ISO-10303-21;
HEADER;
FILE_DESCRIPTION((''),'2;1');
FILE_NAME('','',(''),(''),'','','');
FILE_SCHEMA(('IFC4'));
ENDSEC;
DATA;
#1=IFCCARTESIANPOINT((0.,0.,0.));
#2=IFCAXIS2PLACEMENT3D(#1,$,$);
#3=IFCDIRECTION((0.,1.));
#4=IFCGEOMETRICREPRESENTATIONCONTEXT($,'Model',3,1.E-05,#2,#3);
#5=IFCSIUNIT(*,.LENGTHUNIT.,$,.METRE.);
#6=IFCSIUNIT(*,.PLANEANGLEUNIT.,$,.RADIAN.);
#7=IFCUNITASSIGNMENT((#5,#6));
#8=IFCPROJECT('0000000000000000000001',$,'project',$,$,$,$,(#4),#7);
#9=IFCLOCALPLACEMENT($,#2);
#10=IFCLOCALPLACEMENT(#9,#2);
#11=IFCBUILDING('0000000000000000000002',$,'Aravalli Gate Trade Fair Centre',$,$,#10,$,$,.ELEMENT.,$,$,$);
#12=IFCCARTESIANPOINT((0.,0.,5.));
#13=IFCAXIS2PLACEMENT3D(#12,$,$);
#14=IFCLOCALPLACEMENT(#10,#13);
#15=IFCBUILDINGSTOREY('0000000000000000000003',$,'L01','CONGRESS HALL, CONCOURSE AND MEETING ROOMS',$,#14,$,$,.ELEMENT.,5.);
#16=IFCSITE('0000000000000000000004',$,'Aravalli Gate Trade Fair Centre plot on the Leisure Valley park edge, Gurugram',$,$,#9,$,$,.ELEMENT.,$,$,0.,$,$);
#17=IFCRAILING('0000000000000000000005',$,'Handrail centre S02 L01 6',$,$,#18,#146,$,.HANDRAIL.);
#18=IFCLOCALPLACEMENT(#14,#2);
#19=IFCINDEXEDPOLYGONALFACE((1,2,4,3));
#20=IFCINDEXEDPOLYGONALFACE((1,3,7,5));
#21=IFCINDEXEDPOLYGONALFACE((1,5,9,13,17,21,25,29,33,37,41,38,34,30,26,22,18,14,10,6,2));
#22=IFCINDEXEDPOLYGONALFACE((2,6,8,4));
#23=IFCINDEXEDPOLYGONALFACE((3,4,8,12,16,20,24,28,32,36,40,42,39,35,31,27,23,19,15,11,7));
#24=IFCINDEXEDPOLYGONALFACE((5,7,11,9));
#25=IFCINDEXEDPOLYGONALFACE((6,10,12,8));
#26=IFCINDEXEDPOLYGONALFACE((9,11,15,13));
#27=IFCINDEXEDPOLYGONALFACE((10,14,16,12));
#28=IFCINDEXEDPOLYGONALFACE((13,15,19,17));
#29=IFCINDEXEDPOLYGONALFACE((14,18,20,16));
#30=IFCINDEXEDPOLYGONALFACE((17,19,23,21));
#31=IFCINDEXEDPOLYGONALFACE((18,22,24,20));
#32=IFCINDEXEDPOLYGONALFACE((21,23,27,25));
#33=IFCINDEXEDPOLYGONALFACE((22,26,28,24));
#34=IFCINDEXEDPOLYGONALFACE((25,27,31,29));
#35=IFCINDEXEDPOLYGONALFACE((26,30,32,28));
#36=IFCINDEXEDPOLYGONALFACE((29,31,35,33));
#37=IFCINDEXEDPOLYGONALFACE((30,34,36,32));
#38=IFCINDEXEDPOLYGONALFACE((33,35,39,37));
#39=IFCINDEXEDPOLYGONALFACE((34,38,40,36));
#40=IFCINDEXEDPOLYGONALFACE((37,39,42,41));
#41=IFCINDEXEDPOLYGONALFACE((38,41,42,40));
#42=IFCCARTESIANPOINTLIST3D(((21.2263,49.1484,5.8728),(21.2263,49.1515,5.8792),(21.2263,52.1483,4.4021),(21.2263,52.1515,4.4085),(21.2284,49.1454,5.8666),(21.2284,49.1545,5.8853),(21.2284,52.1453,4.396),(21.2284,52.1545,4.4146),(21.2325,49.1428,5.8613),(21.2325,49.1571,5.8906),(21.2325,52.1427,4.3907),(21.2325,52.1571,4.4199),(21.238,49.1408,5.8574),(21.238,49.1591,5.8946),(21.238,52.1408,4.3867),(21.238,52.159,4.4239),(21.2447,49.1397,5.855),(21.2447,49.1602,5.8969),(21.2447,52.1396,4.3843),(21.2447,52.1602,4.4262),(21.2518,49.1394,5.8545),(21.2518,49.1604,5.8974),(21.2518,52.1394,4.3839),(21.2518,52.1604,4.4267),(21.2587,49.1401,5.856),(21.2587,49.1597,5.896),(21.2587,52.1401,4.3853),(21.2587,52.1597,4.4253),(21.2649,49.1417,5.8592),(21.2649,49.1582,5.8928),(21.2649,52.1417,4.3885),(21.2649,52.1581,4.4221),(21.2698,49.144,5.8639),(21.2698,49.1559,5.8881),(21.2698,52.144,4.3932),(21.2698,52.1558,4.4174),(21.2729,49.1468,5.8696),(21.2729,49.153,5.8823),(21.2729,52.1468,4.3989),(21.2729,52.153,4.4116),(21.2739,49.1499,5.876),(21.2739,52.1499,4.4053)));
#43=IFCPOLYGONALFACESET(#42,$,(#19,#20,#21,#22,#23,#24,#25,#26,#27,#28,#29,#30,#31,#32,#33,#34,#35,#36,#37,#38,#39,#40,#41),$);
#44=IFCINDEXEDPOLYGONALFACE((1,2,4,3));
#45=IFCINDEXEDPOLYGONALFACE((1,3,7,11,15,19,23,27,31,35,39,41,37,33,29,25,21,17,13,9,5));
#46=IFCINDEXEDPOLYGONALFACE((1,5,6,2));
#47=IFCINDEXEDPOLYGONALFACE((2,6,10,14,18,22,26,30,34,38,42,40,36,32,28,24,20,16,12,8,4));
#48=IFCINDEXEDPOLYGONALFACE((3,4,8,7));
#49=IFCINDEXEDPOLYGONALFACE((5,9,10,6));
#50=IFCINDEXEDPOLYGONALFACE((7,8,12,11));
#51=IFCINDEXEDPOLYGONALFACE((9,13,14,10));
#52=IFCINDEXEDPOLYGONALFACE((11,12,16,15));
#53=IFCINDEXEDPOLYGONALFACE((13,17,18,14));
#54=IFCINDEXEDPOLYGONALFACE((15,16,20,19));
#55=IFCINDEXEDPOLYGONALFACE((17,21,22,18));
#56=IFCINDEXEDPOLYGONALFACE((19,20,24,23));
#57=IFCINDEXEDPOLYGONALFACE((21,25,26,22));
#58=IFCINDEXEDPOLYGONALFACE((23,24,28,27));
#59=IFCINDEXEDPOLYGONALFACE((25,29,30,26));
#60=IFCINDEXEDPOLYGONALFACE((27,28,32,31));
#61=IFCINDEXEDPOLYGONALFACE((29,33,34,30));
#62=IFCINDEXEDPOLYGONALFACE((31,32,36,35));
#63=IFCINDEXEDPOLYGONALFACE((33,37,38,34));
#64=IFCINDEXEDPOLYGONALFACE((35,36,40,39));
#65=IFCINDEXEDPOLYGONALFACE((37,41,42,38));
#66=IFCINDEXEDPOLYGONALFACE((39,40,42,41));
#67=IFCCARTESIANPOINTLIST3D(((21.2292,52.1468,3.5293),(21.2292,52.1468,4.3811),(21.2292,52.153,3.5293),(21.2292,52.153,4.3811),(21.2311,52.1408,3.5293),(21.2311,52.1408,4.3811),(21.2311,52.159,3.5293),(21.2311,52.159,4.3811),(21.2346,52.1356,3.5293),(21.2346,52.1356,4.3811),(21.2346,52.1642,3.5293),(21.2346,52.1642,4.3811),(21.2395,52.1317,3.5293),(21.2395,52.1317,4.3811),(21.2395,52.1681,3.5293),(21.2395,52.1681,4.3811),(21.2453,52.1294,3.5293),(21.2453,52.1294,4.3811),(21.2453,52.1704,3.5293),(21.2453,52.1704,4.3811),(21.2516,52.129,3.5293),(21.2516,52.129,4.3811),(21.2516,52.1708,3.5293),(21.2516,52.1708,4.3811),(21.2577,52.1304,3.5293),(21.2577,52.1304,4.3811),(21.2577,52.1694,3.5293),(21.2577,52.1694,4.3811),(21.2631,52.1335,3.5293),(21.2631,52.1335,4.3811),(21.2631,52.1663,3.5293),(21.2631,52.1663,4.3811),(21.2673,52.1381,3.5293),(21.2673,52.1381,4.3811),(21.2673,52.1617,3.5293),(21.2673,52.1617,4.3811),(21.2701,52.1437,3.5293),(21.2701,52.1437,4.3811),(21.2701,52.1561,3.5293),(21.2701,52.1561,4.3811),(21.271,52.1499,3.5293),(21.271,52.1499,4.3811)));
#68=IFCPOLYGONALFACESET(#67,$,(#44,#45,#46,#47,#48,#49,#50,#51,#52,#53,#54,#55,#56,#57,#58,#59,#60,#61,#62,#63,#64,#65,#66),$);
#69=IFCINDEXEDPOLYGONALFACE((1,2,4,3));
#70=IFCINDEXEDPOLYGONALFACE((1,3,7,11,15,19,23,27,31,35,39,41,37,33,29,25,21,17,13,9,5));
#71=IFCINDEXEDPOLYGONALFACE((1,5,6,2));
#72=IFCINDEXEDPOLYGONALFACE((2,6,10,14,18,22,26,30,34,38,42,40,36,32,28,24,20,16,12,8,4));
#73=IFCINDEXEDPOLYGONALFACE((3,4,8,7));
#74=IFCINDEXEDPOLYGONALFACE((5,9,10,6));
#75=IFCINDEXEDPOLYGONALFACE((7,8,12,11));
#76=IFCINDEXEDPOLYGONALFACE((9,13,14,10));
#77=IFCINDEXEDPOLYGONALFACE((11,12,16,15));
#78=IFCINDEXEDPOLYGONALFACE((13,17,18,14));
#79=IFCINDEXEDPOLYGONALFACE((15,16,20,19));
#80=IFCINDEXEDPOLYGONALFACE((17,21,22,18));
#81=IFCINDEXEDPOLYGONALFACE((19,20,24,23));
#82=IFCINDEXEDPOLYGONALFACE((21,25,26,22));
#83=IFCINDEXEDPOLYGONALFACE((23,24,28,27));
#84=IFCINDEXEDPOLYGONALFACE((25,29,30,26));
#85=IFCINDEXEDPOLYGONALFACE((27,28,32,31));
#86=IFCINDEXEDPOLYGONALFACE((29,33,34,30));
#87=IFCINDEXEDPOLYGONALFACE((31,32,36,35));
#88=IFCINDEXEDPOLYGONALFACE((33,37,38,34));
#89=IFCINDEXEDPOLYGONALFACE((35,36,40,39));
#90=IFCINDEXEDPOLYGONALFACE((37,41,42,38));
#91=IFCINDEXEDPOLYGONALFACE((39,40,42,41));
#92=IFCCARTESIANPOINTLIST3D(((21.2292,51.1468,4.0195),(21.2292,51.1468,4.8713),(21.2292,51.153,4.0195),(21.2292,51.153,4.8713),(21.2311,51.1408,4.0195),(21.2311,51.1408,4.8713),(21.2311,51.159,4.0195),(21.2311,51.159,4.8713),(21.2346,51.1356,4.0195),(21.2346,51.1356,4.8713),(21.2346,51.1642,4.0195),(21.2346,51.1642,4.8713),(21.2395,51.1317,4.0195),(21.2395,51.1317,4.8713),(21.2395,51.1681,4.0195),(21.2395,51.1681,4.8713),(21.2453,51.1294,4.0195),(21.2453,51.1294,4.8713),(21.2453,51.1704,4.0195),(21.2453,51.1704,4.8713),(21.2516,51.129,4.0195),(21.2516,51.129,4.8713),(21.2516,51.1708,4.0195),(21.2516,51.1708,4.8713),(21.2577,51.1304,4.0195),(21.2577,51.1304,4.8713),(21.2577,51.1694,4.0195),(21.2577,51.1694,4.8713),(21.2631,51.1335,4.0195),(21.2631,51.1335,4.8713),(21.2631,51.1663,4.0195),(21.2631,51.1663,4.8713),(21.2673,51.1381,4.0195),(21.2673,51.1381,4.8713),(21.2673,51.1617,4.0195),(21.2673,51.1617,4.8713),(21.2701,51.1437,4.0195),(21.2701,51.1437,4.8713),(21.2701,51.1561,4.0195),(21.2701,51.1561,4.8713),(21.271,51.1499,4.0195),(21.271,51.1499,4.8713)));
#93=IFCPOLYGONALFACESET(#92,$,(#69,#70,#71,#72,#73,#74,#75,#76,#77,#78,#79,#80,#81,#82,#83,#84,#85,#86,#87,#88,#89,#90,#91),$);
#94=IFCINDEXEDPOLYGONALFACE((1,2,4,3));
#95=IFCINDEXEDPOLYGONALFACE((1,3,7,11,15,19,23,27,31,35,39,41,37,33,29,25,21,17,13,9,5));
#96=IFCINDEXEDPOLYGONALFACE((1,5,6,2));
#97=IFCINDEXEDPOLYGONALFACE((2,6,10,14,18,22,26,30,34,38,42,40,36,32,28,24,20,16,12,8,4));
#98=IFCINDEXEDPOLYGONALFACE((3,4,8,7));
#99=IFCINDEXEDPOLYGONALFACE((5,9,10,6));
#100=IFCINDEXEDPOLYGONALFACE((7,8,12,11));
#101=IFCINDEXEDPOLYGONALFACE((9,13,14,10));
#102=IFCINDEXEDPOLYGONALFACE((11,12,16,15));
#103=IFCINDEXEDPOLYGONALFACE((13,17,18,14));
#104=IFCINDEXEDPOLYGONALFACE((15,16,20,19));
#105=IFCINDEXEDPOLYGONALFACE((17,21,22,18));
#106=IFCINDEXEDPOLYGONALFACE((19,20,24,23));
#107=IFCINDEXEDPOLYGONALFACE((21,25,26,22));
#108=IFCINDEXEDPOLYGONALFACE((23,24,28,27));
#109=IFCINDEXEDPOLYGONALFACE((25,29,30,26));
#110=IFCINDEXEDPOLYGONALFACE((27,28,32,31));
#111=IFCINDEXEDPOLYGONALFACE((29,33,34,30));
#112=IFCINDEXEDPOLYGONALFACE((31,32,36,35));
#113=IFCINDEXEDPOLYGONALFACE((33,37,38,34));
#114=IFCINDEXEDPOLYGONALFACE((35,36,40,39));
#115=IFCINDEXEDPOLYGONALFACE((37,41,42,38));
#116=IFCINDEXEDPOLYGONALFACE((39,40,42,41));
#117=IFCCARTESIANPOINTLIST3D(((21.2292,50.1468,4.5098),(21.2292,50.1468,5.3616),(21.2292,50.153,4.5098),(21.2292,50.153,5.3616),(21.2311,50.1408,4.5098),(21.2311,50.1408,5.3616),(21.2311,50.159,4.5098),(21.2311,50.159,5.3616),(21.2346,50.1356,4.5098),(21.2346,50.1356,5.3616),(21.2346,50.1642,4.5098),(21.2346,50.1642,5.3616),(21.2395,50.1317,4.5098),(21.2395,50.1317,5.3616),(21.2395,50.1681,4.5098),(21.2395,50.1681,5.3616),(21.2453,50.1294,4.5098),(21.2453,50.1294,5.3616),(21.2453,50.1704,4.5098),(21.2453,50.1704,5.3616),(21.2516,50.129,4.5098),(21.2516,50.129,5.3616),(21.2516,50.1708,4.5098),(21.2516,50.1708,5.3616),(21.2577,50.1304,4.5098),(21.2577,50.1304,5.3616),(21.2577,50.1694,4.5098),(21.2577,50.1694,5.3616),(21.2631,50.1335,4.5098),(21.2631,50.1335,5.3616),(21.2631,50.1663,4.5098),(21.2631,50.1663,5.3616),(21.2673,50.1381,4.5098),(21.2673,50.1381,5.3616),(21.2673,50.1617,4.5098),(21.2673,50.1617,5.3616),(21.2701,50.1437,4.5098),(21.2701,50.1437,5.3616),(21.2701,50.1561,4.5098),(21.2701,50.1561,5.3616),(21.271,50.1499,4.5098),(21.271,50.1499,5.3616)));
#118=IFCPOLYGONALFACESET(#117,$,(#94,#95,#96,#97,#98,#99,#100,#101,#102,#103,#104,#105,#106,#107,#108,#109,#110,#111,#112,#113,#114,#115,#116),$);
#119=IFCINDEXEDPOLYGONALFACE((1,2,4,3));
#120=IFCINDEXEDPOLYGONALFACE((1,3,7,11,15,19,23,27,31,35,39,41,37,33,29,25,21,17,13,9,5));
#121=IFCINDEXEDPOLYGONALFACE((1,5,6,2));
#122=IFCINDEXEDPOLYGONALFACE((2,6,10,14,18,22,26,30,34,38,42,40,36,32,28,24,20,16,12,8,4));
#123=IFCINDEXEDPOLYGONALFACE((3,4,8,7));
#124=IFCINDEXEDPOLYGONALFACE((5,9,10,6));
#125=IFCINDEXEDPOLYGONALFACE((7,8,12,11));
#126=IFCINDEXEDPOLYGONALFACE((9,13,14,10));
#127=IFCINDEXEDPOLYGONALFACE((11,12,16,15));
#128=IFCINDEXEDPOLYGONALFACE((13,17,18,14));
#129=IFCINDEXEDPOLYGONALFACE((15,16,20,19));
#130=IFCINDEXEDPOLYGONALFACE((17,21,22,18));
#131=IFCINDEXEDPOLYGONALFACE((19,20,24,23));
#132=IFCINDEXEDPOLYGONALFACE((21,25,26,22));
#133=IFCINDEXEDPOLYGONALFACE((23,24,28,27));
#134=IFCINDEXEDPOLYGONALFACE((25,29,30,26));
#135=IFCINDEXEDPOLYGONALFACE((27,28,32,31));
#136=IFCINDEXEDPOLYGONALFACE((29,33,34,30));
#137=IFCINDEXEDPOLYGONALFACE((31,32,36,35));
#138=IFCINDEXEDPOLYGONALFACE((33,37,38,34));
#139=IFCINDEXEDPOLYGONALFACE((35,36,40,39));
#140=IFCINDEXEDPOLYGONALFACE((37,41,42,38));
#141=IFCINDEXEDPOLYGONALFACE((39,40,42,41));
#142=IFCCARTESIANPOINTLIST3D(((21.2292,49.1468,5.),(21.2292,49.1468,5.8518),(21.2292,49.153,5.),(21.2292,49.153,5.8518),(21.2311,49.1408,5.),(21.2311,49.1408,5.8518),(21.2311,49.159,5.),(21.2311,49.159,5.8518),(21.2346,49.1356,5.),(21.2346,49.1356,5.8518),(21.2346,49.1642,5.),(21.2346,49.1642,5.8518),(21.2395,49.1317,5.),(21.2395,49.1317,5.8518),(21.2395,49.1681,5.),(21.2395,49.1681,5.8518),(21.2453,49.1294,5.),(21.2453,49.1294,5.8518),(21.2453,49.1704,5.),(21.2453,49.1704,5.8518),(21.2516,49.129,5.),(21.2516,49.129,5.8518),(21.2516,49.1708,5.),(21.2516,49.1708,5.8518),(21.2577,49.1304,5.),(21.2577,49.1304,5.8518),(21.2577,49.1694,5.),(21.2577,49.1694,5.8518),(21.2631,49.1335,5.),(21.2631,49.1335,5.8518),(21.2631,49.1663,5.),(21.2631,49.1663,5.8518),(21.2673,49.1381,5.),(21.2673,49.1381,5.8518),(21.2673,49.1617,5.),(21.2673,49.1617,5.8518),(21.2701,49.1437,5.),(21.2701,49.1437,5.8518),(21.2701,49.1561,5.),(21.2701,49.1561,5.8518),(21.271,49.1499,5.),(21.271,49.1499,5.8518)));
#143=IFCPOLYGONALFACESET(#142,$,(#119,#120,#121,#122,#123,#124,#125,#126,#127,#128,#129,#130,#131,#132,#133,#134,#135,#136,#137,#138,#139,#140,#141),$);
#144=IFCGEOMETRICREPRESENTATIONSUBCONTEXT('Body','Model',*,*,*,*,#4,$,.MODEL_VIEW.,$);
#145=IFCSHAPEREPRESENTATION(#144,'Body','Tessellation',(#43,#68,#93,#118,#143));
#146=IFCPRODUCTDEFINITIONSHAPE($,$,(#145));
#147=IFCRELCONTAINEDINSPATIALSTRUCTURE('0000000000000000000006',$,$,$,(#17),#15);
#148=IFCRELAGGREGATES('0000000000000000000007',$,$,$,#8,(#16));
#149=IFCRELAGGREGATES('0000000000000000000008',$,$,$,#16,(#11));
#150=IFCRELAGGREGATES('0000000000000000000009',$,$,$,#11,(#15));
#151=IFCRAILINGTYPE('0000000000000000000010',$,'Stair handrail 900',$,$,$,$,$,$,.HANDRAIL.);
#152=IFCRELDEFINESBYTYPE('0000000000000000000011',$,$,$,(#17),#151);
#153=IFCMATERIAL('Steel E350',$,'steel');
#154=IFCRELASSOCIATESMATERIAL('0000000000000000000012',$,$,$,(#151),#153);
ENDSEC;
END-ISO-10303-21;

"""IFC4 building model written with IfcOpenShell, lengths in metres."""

from ifc_helpers import new_model, si_unit, direction, frame, origin, origin_2d, place, context, subcontext, project, spatial, circle, extrude, material, type_object, element, save


model = new_model("IFC4")

# Units and contexts
model_context = context("Model", 3, precision=1e-05, world=origin(), true_north=direction((0.0, 1.0)))
body_context = subcontext(model_context, "Body", "Model", "MODEL_VIEW")
ifc_project = project(units=[si_unit("LENGTHUNIT", "METRE"), si_unit("PLANEANGLEUNIT", "RADIAN")], contexts=[model_context])

# Site, building, storey
site_placement = place(None, origin())
site = spatial("IfcSite", under=ifc_project, at=site_placement, Name="Aravalli Gate Trade Fair Centre plot on the Leisure Valley park edge, Gurugram", CompositionType="ELEMENT", RefElevation=0.0)
building_placement = place(site_placement, origin())
building = spatial("IfcBuilding", under=site, at=building_placement, Name="Aravalli Gate Trade Fair Centre", CompositionType="ELEMENT")
storey_placement = place(building_placement, frame((0.0, 0.0, 5.0)))
storey = spatial("IfcBuildingStorey", under=building, at=storey_placement, Name="L01", Description="CONGRESS HALL, CONCOURSE AND MEETING ROOMS", CompositionType="ELEMENT", Elevation=5.0)

# Railing
ifc_material_1 = material(Name="Steel E350", Category="steel")
railing_type = type_object("IfcRailingType", Name="Stair handrail 900", PredefinedType="HANDRAIL", material=ifc_material_1)
for number, where, name in (
    (1, (21.25, 52.1499, 3.5293), "Handrail centre S02 L01 6"),
):
    element("IfcRailing", number, at=place(storey_placement, frame(where)), inside=storey, type_object=railing_type, Name=name, PredefinedType="HANDRAIL", context=body_context, shape_type="SweptSolid", body=[
        extrude(circle(Radius=0.0239, at=origin_2d()), frame((0.0, 0.0, 0.876), z_axis=(0.0, -0.897907, 0.440185), x_axis=(1.0, 0.0, 0.0)), (0.0, 0.0, 1.0), 3.3411),
        extrude(circle(Radius=0.021, at=origin_2d()), origin(), (0.0, 0.0, 1.0), 0.8518),
        extrude(circle(Radius=0.021, at=origin_2d()), frame((0.0, -1.0, 0.4902)), (0.0, 0.0, 1.0), 0.8518),
        extrude(circle(Radius=0.021, at=origin_2d()), frame((0.0, -2.0, 0.9805)), (0.0, 0.0, 1.0), 0.8518),
        extrude(circle(Radius=0.021, at=origin_2d()), frame((0.0, -3.0, 1.4707)), (0.0, 0.0, 1.0), 0.8518),
    ])

save(model, "model.ifc")
